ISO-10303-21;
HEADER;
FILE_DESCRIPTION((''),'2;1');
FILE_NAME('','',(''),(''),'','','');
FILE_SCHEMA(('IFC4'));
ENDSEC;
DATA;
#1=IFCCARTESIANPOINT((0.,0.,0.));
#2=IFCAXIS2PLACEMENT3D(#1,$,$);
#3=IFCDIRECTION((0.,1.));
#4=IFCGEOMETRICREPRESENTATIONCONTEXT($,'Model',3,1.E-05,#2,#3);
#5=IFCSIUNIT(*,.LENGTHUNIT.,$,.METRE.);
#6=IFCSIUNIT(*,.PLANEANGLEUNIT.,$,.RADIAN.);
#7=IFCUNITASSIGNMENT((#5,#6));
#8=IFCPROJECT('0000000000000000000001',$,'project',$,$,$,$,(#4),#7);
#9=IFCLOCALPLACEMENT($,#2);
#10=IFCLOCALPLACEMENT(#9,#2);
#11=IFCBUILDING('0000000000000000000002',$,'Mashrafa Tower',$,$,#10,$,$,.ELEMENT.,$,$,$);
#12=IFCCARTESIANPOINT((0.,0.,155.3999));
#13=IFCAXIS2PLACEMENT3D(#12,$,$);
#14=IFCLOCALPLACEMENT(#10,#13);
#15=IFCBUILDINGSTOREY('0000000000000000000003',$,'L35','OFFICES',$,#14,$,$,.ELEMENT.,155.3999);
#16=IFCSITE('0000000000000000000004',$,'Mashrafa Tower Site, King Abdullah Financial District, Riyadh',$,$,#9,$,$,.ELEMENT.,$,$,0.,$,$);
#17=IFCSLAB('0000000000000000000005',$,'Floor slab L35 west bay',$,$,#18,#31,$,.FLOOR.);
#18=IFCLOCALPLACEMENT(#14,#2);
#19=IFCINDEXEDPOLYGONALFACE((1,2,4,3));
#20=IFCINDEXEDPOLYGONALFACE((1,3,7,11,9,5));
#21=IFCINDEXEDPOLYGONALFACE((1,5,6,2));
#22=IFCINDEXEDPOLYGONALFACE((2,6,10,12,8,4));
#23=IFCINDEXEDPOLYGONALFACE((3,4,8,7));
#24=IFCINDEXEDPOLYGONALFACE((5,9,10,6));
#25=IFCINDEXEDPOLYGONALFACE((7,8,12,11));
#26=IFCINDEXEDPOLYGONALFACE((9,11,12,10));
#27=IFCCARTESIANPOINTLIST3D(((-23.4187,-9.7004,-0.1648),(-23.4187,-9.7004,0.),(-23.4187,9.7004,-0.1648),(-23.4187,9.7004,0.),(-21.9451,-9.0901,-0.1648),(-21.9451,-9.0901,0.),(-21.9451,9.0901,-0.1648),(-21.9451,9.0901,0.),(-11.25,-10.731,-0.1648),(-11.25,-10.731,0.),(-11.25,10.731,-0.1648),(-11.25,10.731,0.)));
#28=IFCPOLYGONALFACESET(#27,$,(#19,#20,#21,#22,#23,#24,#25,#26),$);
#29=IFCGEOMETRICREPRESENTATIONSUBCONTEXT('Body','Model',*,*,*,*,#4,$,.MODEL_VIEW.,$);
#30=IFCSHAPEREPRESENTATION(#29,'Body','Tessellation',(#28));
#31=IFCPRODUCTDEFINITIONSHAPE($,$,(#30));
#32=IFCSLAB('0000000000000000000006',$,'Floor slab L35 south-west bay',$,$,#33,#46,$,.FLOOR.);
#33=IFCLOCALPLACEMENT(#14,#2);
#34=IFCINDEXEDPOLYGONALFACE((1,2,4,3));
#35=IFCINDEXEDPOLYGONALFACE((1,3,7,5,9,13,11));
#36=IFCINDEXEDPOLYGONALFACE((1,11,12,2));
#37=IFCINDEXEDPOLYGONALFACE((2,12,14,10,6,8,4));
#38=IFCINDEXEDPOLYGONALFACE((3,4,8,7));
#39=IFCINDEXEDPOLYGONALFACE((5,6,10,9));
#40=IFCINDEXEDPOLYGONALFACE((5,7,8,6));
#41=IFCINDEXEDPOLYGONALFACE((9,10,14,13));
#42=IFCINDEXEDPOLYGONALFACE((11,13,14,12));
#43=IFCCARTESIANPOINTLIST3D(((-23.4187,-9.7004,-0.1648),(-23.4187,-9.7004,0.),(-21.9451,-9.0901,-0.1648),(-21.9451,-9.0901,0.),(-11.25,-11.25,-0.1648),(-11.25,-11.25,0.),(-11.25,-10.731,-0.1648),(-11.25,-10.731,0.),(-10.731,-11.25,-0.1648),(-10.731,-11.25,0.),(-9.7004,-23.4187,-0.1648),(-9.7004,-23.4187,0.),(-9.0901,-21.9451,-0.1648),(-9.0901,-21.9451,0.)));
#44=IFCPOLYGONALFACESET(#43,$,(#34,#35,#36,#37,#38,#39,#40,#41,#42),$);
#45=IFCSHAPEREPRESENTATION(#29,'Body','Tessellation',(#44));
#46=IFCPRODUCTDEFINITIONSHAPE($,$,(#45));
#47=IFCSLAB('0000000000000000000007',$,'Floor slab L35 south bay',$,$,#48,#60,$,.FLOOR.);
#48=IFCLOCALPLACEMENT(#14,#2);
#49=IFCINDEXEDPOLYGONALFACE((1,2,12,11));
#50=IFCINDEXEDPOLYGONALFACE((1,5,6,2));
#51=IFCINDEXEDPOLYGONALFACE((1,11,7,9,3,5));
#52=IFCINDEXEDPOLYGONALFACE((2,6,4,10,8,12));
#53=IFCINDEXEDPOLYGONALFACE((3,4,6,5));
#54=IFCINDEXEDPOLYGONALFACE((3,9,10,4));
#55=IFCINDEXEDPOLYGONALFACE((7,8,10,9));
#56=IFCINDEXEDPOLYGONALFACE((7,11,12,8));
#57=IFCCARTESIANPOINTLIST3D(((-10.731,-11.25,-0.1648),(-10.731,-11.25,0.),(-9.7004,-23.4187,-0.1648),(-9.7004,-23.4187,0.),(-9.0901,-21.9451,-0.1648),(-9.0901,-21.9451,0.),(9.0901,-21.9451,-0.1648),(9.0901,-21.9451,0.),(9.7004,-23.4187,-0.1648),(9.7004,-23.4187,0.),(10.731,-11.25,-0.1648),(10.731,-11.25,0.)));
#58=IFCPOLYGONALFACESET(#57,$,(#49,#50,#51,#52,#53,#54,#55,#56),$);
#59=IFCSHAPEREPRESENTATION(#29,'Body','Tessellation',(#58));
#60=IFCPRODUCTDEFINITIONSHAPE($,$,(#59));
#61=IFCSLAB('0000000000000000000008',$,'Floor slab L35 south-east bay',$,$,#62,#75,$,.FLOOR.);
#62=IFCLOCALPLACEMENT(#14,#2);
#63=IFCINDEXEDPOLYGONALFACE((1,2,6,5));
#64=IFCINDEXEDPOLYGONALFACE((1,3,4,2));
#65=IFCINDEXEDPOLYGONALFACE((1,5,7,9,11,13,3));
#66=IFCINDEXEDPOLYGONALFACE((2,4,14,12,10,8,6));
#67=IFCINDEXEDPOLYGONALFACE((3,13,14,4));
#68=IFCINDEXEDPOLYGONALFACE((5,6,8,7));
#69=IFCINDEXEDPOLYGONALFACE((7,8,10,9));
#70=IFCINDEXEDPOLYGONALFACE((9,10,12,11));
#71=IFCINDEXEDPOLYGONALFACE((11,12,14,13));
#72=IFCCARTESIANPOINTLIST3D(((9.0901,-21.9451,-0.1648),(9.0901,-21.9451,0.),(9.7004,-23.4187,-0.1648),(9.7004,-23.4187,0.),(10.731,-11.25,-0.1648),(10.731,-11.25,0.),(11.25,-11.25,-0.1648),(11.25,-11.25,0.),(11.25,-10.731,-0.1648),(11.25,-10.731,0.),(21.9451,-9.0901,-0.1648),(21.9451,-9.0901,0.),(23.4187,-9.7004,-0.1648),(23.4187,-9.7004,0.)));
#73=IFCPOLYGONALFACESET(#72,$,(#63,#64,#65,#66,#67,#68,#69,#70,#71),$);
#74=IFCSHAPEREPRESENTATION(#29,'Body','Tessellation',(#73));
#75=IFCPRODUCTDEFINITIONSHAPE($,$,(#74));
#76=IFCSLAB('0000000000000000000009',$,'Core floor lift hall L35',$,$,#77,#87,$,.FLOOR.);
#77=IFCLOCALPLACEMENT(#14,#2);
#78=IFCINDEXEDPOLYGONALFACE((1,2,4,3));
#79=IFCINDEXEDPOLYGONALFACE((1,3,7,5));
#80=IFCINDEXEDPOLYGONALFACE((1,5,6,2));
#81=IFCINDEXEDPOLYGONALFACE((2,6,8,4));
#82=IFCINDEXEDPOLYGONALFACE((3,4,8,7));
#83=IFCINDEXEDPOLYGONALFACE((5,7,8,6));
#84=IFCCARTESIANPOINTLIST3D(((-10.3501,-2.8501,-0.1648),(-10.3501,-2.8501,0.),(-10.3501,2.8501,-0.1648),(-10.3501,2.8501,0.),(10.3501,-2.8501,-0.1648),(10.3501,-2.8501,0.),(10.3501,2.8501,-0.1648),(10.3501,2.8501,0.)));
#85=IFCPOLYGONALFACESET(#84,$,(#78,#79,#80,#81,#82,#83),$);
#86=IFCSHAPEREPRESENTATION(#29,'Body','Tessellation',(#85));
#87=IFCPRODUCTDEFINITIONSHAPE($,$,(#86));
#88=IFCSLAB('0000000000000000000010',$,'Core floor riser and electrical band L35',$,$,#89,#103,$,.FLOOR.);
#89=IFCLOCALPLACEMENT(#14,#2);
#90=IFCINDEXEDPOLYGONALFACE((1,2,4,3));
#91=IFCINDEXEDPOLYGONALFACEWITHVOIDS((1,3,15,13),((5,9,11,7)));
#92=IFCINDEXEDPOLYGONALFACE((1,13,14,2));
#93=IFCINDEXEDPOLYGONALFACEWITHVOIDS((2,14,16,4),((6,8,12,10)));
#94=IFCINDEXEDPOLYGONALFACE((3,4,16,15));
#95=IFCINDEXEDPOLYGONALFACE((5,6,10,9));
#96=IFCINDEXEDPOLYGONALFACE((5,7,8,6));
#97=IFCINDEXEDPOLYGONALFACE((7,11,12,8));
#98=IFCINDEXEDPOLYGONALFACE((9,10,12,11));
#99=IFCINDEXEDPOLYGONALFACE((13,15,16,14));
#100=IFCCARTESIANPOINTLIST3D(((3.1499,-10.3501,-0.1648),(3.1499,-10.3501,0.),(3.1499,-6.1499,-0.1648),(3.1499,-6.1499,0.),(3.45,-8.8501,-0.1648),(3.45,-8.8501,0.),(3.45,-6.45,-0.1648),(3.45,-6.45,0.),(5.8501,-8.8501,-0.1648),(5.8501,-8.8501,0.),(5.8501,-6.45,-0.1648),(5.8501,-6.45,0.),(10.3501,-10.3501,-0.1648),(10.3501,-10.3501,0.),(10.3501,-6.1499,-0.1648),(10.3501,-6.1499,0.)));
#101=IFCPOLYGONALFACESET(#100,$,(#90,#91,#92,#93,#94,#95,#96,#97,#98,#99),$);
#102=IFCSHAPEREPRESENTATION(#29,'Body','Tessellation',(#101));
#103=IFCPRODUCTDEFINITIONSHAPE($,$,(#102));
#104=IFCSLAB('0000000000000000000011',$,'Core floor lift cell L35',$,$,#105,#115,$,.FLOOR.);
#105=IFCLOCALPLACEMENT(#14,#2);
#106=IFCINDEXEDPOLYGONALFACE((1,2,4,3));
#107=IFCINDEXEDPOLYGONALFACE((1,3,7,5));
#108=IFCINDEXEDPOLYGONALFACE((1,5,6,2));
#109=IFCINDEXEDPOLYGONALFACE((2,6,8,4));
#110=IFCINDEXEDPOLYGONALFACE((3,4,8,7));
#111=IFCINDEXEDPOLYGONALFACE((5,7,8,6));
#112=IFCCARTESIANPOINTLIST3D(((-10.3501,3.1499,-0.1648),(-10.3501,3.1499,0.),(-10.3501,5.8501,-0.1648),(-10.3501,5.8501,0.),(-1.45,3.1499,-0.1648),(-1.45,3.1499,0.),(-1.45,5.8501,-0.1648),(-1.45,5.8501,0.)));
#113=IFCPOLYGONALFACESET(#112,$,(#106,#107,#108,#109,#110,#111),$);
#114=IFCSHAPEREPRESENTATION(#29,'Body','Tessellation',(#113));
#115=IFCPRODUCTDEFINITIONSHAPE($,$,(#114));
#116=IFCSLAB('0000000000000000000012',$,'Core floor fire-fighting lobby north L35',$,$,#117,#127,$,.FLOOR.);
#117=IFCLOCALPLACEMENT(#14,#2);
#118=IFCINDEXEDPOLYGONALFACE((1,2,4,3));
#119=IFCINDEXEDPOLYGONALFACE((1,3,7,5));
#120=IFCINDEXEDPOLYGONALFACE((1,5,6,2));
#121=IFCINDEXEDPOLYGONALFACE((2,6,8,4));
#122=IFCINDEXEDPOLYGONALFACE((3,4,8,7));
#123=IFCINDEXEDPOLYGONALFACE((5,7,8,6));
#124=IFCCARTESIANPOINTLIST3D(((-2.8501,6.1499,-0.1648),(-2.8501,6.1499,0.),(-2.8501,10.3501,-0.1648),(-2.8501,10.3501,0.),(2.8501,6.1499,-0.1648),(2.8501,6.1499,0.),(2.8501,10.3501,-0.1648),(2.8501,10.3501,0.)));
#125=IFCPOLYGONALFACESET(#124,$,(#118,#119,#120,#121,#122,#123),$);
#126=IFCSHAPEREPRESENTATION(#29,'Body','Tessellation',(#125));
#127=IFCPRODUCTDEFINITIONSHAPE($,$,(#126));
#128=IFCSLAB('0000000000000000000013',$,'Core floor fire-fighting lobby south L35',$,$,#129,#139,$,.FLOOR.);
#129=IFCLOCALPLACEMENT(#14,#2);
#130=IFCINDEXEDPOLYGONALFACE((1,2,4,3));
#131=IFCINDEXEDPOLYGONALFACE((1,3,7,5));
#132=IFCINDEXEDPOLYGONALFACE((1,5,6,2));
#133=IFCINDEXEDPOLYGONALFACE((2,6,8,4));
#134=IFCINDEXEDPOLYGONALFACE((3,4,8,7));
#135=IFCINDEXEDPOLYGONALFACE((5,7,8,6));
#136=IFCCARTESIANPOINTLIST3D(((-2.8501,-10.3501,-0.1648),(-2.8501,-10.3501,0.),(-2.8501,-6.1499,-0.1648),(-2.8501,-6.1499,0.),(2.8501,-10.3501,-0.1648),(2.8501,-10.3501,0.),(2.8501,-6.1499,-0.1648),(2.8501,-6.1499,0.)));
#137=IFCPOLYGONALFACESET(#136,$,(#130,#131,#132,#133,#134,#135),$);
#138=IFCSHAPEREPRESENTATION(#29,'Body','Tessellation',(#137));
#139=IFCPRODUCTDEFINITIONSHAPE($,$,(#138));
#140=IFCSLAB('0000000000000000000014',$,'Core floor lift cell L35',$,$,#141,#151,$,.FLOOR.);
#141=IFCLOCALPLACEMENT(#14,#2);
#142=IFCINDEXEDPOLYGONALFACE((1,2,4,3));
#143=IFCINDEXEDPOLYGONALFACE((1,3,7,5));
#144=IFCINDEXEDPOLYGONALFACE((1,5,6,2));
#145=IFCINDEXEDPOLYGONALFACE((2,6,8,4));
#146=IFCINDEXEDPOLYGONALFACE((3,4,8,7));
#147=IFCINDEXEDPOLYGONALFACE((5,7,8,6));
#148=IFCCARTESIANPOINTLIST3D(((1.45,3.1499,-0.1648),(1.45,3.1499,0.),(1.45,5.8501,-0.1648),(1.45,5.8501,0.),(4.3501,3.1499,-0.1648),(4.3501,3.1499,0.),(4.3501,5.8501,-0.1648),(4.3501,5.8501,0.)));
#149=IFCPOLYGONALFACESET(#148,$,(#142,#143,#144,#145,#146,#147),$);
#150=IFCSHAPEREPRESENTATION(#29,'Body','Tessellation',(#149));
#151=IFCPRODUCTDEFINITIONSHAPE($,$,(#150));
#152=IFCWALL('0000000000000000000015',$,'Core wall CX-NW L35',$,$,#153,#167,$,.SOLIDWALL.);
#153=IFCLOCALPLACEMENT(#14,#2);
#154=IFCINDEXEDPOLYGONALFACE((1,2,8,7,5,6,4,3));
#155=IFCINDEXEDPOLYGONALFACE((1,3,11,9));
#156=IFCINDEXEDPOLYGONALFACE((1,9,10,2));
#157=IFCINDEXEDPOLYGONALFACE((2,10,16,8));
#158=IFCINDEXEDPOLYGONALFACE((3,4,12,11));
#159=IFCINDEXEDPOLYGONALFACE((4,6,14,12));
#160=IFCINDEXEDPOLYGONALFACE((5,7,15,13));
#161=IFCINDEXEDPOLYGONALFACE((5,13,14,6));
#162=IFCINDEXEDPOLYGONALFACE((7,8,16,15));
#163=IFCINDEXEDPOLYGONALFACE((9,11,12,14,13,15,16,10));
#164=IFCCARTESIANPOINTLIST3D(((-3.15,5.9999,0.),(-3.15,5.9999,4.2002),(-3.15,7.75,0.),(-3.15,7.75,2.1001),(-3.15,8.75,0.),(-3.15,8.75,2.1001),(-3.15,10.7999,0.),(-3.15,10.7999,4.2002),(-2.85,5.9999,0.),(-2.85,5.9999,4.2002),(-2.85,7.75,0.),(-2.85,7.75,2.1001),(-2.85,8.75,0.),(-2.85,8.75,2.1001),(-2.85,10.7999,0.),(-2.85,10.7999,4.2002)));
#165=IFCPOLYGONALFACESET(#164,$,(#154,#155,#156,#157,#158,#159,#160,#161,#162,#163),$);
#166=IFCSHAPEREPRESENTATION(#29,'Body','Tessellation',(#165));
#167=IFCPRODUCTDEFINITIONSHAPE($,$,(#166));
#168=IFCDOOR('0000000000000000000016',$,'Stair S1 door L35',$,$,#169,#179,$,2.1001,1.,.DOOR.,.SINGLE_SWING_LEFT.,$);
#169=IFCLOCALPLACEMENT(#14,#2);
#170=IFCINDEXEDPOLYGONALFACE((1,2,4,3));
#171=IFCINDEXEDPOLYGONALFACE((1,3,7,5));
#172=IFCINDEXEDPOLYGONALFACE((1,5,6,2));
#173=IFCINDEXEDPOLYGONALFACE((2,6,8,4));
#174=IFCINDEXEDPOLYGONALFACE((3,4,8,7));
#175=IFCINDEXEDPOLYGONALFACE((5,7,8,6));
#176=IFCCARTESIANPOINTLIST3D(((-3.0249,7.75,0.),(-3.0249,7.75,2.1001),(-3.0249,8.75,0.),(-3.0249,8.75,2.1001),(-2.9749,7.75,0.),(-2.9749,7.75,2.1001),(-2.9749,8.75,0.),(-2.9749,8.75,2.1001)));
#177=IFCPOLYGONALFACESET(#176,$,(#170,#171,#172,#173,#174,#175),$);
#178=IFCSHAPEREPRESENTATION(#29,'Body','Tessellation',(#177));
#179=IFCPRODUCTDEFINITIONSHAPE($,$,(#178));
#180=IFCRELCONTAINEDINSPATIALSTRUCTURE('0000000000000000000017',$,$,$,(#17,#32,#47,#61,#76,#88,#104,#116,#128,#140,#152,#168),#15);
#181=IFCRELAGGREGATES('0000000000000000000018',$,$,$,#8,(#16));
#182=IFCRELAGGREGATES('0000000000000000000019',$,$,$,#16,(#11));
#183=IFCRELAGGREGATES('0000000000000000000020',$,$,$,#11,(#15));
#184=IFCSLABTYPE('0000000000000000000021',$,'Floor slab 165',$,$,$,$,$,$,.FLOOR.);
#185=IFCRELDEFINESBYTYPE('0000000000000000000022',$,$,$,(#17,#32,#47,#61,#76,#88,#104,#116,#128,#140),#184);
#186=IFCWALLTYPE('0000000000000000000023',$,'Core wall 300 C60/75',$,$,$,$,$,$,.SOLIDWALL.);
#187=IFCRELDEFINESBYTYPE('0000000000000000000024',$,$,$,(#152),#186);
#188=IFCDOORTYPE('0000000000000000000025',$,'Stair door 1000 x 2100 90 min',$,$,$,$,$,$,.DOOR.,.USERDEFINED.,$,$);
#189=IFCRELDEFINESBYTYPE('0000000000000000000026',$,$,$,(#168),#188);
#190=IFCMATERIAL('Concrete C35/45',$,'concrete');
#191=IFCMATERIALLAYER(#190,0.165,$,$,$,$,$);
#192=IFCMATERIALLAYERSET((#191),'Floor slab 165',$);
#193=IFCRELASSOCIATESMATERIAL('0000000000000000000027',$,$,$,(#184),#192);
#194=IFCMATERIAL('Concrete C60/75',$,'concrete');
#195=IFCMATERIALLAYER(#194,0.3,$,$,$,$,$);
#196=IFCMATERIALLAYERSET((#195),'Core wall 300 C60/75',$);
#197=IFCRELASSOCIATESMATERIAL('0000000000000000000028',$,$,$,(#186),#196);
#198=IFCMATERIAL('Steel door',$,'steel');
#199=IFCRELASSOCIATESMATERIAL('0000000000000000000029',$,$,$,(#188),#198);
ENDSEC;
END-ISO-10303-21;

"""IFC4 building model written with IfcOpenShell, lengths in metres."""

from ifc_helpers import new_model, si_unit, direction, frame, frame_2d, origin, place, context, subcontext, project, spatial, polyline, rectangle, outline, extrude, material, layer, layer_set, type_object, element, fill, save


model = new_model("IFC4")

# Units and contexts
model_context = context("Model", 3, precision=1e-05, world=origin(), true_north=direction((0.0, 1.0)))
body_context = subcontext(model_context, "Body", "Model", "MODEL_VIEW")
ifc_project = project(units=[si_unit("LENGTHUNIT", "METRE"), si_unit("PLANEANGLEUNIT", "RADIAN")], contexts=[model_context])

# Site, building, storey
site_placement = place(None, origin())
site = spatial("IfcSite", under=ifc_project, at=site_placement, Name="Mashrafa Tower Site, King Abdullah Financial District, Riyadh", CompositionType="ELEMENT", RefElevation=0.0)
building_placement = place(site_placement, origin())
building = spatial("IfcBuilding", under=site, at=building_placement, Name="Mashrafa Tower", CompositionType="ELEMENT")
storey_placement = place(building_placement, frame((0.0, 0.0, 155.3999)))
storey = spatial("IfcBuildingStorey", under=building, at=storey_placement, Name="L35", Description="OFFICES", CompositionType="ELEMENT", Elevation=155.3999)

# Slabs
ifc_material_1 = material(Name="Concrete C35/45", Category="concrete")
ifc_layer_1 = layer(ifc_material_1, 0.165)
ifc_layer_set_1 = layer_set([ifc_layer_1], Name="Floor slab 165")
slab_type = type_object("IfcSlabType", Name="Floor slab 165", PredefinedType="FLOOR", material=ifc_layer_set_1)
slab_1_placement = place(storey_placement, frame((0.0, 0.0, -0.1648)))
element("IfcSlab", 1, at=slab_1_placement, inside=storey, type_object=slab_type, Name="Floor slab L35 west bay", PredefinedType="FLOOR", context=body_context, shape_type="SweptSolid", body=[
    extrude(outline(polyline([(-23.4187, -9.7004), (-23.4187, 9.7004), (-23.4187, 9.7004), (-21.9451, 9.0901), (-11.25, 10.731), (-11.25, -10.731), (-21.9451, -9.0901), (-23.4187, -9.7004), (-23.4187, -9.7004)])), origin(), (0.0, 0.0, 1.0), 0.1648),
])
slab_2_placement = place(storey_placement, frame((0.0, 0.0, -0.1648)))
element("IfcSlab", 2, at=slab_2_placement, inside=storey, type_object=slab_type, Name="Floor slab L35 south-west bay", PredefinedType="FLOOR", context=body_context, shape_type="SweptSolid", body=[
    extrude(outline(polyline([(-23.4187, -9.7004), (-21.9451, -9.0901), (-11.25, -10.731), (-11.25, -11.25), (-10.731, -11.25), (-9.0901, -21.9451), (-9.7004, -23.4187), (-23.4187, -9.7004)])), origin(), (0.0, 0.0, 1.0), 0.1648),
])
slab_3_placement = place(storey_placement, frame((0.0, 0.0, -0.1648)))
element("IfcSlab", 3, at=slab_3_placement, inside=storey, type_object=slab_type, Name="Floor slab L35 south bay", PredefinedType="FLOOR", context=body_context, shape_type="SweptSolid", body=[
    extrude(outline(polyline([(-9.7004, -23.4187), (-9.7004, -23.4187), (-9.0901, -21.9451), (-10.731, -11.25), (10.731, -11.25), (9.0901, -21.9451), (9.7004, -23.4187), (9.7004, -23.4187), (-9.7004, -23.4187)])), origin(), (0.0, 0.0, 1.0), 0.1648),
])
slab_4_placement = place(storey_placement, frame((0.0, 0.0, -0.1648)))
element("IfcSlab", 4, at=slab_4_placement, inside=storey, type_object=slab_type, Name="Floor slab L35 south-east bay", PredefinedType="FLOOR", context=body_context, shape_type="SweptSolid", body=[
    extrude(outline(polyline([(9.7004, -23.4187), (9.0901, -21.9451), (10.731, -11.25), (11.25, -11.25), (11.25, -10.731), (21.9451, -9.0901), (23.4187, -9.7004), (9.7004, -23.4187)])), origin(), (0.0, 0.0, 1.0), 0.1648),
])
slab_5_placement = place(storey_placement, frame((0.0, 0.0, -0.1648)))
element("IfcSlab", 5, at=slab_5_placement, inside=storey, type_object=slab_type, Name="Core floor lift hall L35", PredefinedType="FLOOR", context=body_context, shape_type="SweptSolid", body=[
    extrude(outline(polyline([(-10.3501, 2.8501), (10.3501, 2.8501), (10.3501, -2.8501), (-10.3501, -2.8501), (-10.3501, 2.8501)])), origin(), (0.0, 0.0, 1.0), 0.1648),
])
slab_6_placement = place(storey_placement, frame((0.0, 0.0, -0.1648)))
element("IfcSlab", 6, at=slab_6_placement, inside=storey, type_object=slab_type, Name="Core floor riser and electrical band L35", PredefinedType="FLOOR", context=body_context, shape_type="SweptSolid", body=[
    extrude(outline(polyline([(10.3501, -6.1499), (10.3501, -10.3501), (3.1499, -10.3501), (3.1499, -6.1499), (10.3501, -6.1499)]), holes=[polyline([(3.45, -8.8501), (5.8501, -8.8501), (5.8501, -6.45), (3.45, -6.45), (3.45, -8.8501)])]), origin(), (0.0, 0.0, 1.0), 0.1648),
])
slab_7_placement = place(storey_placement, frame((0.0, 0.0, -0.1648)))
element("IfcSlab", 7, at=slab_7_placement, inside=storey, type_object=slab_type, Name="Core floor lift cell L35", PredefinedType="FLOOR", context=body_context, shape_type="SweptSolid", body=[
    extrude(outline(polyline([(-1.45, 3.1499), (-10.3501, 3.1499), (-10.3501, 5.8501), (-1.45, 5.8501), (-1.45, 3.1499)])), origin(), (0.0, 0.0, 1.0), 0.1648),
])
slab_8_placement = place(storey_placement, frame((0.0, 0.0, -0.1648)))
element("IfcSlab", 8, at=slab_8_placement, inside=storey, type_object=slab_type, Name="Core floor fire-fighting lobby north L35", PredefinedType="FLOOR", context=body_context, shape_type="SweptSolid", body=[
    extrude(outline(polyline([(-2.8501, 10.3501), (2.8501, 10.3501), (2.8501, 6.1499), (-2.8501, 6.1499), (-2.8501, 10.3501)])), origin(), (0.0, 0.0, 1.0), 0.1648),
])
slab_9_placement = place(storey_placement, frame((0.0, 0.0, -0.1648)))
element("IfcSlab", 9, at=slab_9_placement, inside=storey, type_object=slab_type, Name="Core floor fire-fighting lobby south L35", PredefinedType="FLOOR", context=body_context, shape_type="SweptSolid", body=[
    extrude(outline(polyline([(2.8501, -6.1499), (2.8501, -10.3501), (-2.8501, -10.3501), (-2.8501, -6.1499), (2.8501, -6.1499)])), origin(), (0.0, 0.0, 1.0), 0.1648),
])
slab_10_placement = place(storey_placement, frame((0.0, 0.0, -0.1648)))
element("IfcSlab", 10, at=slab_10_placement, inside=storey, type_object=slab_type, Name="Core floor lift cell L35", PredefinedType="FLOOR", context=body_context, shape_type="SweptSolid", body=[
    extrude(outline(polyline([(4.3501, 5.8501), (4.3501, 3.1499), (1.45, 3.1499), (1.45, 5.8501), (4.3501, 5.8501)])), origin(), (0.0, 0.0, 1.0), 0.1648),
])

# Wall, opening, door
ifc_material_2 = material(Name="Concrete C60/75", Category="concrete")
ifc_layer_2 = layer(ifc_material_2, 0.3)
ifc_layer_set_2 = layer_set([ifc_layer_2], Name="Core wall 300 C60/75")
wall_type_1 = type_object("IfcWallType", Name="Core wall 300 C60/75", PredefinedType="SOLIDWALL", material=ifc_layer_set_2)
wall_1_placement = place(storey_placement, frame((-3.0, 6.0, 0.0), z_axis=(0.0, 0.0, 1.0), x_axis=(0.0, 1.0, 0.0)))
wall_1 = element("IfcWall", 11, at=wall_1_placement, inside=storey, type_object=wall_type_1, Name="Core wall CX-NW L35", PredefinedType="SOLIDWALL", context=body_context, shape_type="SweptSolid", body=[
    extrude(rectangle(XDim=4.8, YDim=0.3, at=frame_2d((2.3999, 0.0))), origin(), (0.0, 0.0, 1.0), 4.2002),
])
opening_placement = place(wall_1_placement, frame((1.75, 0.0, 0.0)))
opening = element("IfcOpeningElement", 12, at=opening_placement, cuts=wall_1, PredefinedType="OPENING", context=body_context, shape_type="SweptSolid", body=[
    extrude(rectangle(XDim=1.0, YDim=2.1001, at=frame_2d((0.5, 1.05))), frame((0.0, 0.1599, 0.0), z_axis=(0.0, -1.0, 0.0), x_axis=(1.0, 0.0, 0.0)), (0.0, 0.0, 1.0), 0.3201),
])
ifc_material_3 = material(Name="Steel door", Category="steel")
door_type = type_object("IfcDoorType", Name="Stair door 1000 x 2100 90 min", OperationType="USERDEFINED", PredefinedType="DOOR", material=ifc_material_3)
door_placement = place(opening_placement, origin())
door = element("IfcDoor", 13, at=door_placement, inside=storey, type_object=door_type, Name="Stair S1 door L35", OperationType="SINGLE_SWING_LEFT", OverallHeight=2.1001, OverallWidth=1.0, PredefinedType="DOOR", context=body_context, shape_type="SweptSolid", body=[
    extrude(rectangle(XDim=1.0, YDim=2.1001, at=frame_2d((0.5, 1.05))), frame((0.0, 0.0249, 0.0), z_axis=(0.0, -1.0, 0.0), x_axis=(1.0, 0.0, 0.0)), (0.0, 0.0, 1.0), 0.05),
])
fill(opening, door)

save(model, "model.ifc")
